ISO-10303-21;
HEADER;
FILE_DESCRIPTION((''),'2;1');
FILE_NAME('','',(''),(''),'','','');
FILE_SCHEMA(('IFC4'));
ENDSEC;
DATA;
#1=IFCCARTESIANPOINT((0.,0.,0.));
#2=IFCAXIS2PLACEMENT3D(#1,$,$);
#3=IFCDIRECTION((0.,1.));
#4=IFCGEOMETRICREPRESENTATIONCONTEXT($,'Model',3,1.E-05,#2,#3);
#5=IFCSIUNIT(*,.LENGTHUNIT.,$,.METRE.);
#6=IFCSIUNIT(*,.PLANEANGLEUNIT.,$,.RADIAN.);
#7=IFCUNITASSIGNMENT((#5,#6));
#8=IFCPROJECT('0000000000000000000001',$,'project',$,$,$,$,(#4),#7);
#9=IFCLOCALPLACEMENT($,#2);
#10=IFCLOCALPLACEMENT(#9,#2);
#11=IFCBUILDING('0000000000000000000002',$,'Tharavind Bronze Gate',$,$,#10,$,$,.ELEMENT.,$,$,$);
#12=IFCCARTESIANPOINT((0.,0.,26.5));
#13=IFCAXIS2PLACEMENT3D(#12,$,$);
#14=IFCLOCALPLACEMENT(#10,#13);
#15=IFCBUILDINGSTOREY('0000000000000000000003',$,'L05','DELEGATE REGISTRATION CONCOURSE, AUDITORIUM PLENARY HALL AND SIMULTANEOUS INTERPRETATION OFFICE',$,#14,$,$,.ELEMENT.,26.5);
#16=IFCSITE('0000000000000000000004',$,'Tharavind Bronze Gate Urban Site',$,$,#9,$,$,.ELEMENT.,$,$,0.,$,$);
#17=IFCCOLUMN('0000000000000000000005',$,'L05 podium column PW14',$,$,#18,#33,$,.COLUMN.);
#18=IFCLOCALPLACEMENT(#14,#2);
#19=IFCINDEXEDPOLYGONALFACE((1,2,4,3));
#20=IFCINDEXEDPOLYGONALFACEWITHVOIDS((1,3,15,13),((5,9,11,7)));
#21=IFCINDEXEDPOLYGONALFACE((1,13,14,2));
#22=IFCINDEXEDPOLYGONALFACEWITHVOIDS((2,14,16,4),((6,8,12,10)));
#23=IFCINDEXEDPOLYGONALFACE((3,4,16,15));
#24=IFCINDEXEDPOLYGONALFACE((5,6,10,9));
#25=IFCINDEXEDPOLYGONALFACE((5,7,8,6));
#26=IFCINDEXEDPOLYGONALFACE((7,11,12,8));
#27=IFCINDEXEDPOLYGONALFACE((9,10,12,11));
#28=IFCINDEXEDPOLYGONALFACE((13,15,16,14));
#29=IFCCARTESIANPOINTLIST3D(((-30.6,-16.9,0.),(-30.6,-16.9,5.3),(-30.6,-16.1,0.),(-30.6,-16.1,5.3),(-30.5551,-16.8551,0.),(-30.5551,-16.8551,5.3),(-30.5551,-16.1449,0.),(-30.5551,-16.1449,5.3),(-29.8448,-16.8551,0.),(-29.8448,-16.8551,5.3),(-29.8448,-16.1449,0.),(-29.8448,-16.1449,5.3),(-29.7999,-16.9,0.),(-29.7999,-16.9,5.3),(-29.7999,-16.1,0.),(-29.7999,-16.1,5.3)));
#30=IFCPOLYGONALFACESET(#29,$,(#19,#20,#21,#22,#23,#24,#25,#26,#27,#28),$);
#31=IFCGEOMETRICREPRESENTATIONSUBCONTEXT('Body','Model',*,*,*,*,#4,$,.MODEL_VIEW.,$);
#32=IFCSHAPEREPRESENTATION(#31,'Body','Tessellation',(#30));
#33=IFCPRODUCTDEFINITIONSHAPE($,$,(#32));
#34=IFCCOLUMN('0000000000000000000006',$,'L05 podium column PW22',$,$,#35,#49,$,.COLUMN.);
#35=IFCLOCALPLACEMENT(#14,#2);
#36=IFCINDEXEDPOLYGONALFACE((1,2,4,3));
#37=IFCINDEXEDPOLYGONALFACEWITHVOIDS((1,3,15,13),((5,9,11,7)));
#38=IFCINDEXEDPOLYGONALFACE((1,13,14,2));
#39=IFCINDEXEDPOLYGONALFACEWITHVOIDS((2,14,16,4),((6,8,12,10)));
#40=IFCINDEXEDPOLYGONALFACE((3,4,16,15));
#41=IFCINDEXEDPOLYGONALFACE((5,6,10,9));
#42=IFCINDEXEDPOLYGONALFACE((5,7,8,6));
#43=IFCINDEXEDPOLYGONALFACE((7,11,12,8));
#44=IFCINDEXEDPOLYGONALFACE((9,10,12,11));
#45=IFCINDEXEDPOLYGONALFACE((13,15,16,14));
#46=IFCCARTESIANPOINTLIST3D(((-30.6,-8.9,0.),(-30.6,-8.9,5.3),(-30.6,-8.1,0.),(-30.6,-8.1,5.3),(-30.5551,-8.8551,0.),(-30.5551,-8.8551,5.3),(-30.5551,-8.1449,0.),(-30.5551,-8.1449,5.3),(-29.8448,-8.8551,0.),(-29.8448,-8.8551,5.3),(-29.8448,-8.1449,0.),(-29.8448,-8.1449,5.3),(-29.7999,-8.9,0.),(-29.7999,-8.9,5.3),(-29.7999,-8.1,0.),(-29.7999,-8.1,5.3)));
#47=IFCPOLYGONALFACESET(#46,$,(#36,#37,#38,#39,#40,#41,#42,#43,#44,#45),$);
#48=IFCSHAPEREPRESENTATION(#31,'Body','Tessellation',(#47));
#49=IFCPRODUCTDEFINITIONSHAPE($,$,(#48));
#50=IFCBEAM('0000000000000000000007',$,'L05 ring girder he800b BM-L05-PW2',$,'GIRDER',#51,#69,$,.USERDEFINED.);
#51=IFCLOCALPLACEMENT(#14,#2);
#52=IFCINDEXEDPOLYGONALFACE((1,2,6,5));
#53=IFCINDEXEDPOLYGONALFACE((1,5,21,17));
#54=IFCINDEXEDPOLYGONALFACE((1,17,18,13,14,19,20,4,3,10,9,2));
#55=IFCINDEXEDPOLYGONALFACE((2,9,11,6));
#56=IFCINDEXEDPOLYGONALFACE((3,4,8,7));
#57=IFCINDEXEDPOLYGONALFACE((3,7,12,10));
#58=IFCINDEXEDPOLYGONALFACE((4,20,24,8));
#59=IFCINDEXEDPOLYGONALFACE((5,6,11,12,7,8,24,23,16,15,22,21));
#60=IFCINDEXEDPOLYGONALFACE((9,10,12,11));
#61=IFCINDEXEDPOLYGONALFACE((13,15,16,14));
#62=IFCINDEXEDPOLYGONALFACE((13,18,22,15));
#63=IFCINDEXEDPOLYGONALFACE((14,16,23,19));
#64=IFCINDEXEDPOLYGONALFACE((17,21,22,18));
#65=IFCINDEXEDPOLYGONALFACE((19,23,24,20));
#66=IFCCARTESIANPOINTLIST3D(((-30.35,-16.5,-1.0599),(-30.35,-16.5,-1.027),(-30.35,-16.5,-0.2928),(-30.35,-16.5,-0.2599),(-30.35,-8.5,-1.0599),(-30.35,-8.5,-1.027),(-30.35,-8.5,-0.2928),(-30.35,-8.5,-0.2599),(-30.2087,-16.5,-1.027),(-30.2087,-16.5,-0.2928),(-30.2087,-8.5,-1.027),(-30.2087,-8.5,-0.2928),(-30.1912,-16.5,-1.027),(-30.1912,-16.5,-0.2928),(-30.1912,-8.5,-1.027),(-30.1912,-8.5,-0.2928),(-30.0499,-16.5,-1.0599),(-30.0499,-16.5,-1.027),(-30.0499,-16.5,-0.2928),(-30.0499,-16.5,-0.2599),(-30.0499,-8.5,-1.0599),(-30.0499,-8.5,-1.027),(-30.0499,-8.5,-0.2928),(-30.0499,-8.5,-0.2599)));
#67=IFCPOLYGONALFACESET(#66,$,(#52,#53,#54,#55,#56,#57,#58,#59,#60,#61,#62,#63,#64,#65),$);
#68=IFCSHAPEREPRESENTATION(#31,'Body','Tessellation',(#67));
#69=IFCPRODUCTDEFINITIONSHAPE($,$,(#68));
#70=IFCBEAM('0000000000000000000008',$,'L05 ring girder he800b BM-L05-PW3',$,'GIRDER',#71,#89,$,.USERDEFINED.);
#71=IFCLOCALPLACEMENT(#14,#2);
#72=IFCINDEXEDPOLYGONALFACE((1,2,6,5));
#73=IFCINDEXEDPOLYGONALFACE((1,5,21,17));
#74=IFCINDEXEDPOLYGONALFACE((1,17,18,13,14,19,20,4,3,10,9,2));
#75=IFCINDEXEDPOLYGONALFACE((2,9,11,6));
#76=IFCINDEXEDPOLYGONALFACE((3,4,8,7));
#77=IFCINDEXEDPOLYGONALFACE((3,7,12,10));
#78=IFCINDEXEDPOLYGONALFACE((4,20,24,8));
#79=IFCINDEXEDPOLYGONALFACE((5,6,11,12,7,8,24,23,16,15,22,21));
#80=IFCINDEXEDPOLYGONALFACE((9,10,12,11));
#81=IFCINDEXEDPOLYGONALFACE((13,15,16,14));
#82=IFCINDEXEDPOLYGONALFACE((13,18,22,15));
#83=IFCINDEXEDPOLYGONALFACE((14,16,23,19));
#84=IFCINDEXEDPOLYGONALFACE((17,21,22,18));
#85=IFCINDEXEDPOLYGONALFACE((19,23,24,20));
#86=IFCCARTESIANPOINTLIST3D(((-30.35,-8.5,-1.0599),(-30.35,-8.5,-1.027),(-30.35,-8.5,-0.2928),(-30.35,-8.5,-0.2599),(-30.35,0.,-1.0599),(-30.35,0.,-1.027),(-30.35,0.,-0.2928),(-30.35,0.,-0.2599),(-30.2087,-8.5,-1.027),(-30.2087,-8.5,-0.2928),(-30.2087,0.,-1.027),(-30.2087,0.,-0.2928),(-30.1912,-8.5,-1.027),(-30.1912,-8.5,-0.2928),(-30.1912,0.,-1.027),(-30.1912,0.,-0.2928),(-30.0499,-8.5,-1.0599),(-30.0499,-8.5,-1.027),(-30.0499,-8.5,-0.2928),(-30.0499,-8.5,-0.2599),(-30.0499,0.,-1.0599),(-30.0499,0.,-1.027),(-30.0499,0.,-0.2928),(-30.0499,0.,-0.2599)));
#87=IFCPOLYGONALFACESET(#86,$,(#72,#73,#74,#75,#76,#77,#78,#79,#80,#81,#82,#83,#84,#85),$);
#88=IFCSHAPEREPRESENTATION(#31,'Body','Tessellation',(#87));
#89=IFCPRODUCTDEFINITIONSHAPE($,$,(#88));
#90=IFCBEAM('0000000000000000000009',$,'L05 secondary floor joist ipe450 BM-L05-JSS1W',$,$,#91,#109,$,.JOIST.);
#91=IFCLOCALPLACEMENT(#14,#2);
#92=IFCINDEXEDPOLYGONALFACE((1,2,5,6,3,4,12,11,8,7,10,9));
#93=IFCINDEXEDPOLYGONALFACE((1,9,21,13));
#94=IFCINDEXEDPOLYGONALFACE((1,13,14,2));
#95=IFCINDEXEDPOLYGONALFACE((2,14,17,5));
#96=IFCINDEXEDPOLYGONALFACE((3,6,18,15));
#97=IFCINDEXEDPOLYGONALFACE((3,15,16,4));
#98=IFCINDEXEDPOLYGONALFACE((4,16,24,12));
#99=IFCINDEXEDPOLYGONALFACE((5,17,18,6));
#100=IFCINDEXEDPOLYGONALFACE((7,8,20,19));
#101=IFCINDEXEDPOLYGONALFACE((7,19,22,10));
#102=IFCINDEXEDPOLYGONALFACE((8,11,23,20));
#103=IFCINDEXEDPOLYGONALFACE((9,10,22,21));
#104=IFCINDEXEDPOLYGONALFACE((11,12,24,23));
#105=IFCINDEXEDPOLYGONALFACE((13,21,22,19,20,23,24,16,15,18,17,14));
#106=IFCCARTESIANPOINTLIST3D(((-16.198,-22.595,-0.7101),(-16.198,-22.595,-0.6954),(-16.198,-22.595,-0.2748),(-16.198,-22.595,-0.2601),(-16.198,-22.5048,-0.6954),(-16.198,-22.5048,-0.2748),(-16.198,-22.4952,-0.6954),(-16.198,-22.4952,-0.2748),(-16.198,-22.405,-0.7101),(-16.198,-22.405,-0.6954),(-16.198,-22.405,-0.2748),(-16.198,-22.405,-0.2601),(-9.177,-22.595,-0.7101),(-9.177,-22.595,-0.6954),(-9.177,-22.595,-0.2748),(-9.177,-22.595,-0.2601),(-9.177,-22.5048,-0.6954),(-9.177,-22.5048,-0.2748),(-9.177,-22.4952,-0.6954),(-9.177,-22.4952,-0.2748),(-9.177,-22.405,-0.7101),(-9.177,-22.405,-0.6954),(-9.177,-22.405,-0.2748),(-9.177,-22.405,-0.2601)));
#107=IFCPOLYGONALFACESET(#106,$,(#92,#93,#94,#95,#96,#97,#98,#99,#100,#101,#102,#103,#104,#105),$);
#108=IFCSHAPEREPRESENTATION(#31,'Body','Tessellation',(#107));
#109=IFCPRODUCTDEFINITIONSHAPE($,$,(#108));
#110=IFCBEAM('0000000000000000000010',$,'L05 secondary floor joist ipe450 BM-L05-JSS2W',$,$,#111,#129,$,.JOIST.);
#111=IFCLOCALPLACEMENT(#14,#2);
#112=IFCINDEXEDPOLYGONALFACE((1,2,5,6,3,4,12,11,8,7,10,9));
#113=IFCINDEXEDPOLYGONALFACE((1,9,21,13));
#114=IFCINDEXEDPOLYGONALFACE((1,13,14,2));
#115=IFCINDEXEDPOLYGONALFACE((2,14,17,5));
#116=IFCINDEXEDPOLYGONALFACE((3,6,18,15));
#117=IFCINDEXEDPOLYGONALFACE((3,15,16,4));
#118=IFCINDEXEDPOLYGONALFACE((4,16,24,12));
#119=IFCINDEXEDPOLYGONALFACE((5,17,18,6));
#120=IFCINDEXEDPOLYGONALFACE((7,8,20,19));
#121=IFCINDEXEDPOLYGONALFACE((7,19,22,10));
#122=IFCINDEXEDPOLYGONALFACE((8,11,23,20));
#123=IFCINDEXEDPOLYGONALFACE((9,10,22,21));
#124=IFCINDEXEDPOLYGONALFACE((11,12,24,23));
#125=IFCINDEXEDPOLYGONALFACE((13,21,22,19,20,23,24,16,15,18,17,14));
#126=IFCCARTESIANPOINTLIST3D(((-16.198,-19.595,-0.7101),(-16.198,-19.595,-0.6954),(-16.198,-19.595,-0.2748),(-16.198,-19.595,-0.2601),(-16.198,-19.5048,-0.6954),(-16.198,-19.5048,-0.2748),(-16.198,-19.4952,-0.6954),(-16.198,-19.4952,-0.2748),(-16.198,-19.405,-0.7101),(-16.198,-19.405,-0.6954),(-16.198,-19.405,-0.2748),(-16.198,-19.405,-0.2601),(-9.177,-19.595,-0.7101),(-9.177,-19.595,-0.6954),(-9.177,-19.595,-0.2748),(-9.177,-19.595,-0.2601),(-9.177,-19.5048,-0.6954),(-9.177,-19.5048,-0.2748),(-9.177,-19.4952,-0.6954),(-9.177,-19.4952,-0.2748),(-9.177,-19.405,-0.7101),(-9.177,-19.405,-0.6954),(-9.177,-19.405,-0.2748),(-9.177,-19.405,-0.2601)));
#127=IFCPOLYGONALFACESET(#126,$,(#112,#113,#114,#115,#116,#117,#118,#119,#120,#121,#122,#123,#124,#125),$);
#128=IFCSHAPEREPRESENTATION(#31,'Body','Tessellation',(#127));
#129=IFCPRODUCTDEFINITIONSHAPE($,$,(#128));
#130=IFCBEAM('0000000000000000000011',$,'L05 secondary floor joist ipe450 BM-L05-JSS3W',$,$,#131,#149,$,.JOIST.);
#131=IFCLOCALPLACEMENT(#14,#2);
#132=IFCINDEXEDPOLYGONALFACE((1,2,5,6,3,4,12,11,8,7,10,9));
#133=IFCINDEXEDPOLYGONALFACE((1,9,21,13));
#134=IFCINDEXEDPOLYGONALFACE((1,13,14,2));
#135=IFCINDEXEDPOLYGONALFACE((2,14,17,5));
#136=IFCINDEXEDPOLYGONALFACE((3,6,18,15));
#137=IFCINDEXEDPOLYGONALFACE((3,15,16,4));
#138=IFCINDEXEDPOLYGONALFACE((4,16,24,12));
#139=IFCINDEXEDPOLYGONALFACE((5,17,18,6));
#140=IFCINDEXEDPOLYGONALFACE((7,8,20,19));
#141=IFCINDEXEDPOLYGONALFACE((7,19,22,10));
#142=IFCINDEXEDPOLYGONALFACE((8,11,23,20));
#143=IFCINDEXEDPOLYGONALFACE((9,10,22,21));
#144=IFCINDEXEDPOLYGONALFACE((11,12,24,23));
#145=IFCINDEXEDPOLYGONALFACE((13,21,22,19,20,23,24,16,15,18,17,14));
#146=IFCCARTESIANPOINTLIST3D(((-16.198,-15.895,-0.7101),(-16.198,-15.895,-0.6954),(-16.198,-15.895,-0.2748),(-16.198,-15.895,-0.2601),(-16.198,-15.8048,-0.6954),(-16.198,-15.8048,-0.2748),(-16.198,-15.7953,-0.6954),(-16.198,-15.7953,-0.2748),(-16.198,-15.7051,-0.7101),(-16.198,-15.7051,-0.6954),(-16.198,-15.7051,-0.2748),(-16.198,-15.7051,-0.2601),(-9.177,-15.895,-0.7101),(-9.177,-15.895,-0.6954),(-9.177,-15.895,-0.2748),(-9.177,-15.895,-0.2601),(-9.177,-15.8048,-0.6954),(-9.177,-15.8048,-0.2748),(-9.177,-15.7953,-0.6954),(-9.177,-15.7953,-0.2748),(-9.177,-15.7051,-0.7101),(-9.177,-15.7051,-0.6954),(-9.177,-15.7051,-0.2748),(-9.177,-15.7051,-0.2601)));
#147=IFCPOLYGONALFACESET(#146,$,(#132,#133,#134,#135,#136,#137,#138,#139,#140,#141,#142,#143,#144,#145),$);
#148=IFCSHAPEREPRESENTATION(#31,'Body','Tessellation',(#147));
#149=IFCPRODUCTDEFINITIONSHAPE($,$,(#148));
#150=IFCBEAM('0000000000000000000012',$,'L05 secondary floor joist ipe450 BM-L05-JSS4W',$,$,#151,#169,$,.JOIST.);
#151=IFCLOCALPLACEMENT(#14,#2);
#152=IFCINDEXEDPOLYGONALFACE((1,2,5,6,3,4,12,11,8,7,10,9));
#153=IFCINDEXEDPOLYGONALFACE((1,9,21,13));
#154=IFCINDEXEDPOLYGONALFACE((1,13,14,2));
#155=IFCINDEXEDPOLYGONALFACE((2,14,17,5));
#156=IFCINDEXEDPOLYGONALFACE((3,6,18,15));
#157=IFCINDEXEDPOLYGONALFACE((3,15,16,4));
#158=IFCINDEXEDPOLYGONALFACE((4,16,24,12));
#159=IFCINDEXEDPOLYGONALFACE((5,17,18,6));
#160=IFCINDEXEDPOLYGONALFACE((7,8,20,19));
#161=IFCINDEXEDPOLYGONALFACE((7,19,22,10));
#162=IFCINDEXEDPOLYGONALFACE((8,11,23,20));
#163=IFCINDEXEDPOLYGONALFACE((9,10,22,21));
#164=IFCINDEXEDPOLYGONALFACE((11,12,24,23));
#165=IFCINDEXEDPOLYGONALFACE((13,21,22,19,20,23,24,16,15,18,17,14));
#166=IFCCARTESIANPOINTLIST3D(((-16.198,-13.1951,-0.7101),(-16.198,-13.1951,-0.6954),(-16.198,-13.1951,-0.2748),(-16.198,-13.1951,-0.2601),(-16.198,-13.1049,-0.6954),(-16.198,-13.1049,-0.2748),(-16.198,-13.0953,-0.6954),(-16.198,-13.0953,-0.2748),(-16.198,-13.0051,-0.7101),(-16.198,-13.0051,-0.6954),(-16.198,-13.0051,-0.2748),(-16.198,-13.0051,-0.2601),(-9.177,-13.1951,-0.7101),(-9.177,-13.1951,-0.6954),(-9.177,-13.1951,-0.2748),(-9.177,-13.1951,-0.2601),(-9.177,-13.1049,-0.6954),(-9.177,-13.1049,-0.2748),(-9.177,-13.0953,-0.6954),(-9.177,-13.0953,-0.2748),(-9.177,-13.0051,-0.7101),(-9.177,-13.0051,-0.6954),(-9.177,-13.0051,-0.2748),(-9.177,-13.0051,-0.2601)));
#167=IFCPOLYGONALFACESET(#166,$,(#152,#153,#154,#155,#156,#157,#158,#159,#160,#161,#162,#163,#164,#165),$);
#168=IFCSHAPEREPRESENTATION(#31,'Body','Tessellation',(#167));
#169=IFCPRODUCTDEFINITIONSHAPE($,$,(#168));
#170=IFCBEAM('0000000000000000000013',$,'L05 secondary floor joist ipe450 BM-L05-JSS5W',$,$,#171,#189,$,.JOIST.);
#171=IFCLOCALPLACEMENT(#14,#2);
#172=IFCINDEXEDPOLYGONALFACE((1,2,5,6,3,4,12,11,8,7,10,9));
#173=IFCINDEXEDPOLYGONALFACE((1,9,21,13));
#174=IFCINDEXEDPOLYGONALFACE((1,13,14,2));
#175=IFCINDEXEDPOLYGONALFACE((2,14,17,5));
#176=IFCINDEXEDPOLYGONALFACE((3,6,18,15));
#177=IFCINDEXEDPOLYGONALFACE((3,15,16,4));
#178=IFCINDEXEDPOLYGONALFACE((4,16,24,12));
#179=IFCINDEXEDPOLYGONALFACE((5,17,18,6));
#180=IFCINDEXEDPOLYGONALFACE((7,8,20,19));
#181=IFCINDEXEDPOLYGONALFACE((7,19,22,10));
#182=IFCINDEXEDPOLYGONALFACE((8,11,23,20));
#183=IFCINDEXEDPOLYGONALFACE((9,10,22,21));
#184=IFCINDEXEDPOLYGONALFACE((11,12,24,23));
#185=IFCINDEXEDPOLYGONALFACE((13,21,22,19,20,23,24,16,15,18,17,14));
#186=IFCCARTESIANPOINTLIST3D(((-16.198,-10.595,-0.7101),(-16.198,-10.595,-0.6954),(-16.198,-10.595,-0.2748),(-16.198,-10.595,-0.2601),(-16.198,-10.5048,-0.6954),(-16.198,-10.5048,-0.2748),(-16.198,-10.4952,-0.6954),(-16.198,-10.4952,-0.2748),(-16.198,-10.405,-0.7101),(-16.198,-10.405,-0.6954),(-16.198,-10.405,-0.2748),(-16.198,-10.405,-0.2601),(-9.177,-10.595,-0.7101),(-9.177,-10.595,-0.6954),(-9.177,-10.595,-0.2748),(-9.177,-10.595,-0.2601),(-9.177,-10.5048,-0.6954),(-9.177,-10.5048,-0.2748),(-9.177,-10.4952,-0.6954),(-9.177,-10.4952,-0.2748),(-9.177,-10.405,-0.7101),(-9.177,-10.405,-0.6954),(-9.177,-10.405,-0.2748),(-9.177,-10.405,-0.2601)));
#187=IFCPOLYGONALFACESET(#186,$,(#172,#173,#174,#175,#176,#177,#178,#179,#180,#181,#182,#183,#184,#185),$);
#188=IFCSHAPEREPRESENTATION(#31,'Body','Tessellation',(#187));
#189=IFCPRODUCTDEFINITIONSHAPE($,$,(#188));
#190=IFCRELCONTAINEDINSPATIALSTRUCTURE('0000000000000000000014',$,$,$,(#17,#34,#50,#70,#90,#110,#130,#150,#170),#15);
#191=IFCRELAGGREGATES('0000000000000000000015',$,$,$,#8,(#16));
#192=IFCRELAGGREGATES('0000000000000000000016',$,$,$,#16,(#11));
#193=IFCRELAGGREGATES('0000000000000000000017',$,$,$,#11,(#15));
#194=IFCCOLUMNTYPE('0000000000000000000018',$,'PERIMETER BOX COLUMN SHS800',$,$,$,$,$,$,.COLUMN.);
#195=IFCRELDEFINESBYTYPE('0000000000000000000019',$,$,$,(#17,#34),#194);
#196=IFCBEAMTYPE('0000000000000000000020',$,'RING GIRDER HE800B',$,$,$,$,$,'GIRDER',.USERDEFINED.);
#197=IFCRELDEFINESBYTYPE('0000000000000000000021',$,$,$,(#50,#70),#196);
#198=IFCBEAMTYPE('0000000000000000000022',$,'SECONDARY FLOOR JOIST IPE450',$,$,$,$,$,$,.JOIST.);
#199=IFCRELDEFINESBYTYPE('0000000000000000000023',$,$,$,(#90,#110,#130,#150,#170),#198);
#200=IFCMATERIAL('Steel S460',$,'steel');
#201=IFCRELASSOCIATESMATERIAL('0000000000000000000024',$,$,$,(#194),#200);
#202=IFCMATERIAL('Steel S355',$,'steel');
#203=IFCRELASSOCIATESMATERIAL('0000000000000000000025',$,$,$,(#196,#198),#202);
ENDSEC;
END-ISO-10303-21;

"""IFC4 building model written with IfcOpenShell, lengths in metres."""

from ifc_helpers import new_model, si_unit, direction, frame, origin, origin_2d, place, context, subcontext, project, spatial, hollow_rectangle, i_section, extrude, material, material_profile, profile_set, type_object, element, save


model = new_model("IFC4")

# Units and contexts
model_context = context("Model", 3, precision=1e-05, world=origin(), true_north=direction((0.0, 1.0)))
body_context = subcontext(model_context, "Body", "Model", "MODEL_VIEW")
ifc_project = project(units=[si_unit("LENGTHUNIT", "METRE"), si_unit("PLANEANGLEUNIT", "RADIAN")], contexts=[model_context])

# Site, building, storey
site_placement = place(None, origin())
site = spatial("IfcSite", under=ifc_project, at=site_placement, Name="Tharavind Bronze Gate Urban Site", CompositionType="ELEMENT", RefElevation=0.0)
building_placement = place(site_placement, origin())
building = spatial("IfcBuilding", under=site, at=building_placement, Name="Tharavind Bronze Gate", CompositionType="ELEMENT")
storey_placement = place(building_placement, frame((0.0, 0.0, 26.5)))
storey = spatial("IfcBuildingStorey", under=building, at=storey_placement, Name="L05", Description="DELEGATE REGISTRATION CONCOURSE, AUDITORIUM PLENARY HALL AND SIMULTANEOUS INTERPRETATION OFFICE", CompositionType="ELEMENT", Elevation=26.5)

# Columns
ifc_material_1 = material(Name="Steel S460", Category="steel")
ifc_material_profile_1 = material_profile(ifc_material_1, hollow_rectangle(XDim=0.8, YDim=0.8, WallThickness=0.0449, at=origin_2d()), Name="SHS800X45")
ifc_profile_set_1 = profile_set([ifc_material_profile_1], Name="Steel S460")
column_type = type_object("IfcColumnType", Name="PERIMETER BOX COLUMN SHS800", PredefinedType="COLUMN", material=ifc_profile_set_1)
for number, where, z_axis, x_axis, name in (
    (1, (-30.2, -16.5, 0.0), (0.0, 0.0, 1.0), (1.0, 0.0, 0.0), "L05 podium column PW14"),
    (2, (-30.2, -8.5, 0.0), (0.0, 0.0, 1.0), (1.0, 0.0, 0.0), "L05 podium column PW22"),
):
    element("IfcColumn", number, at=place(storey_placement, frame(where, z_axis=z_axis, x_axis=x_axis)), inside=storey, type_object=column_type, Name=name, PredefinedType="COLUMN", context=body_context, shape_type="SweptSolid", body=[
        extrude(hollow_rectangle(XDim=0.8, YDim=0.8, WallThickness=0.0449, at=origin_2d()), origin(), (0.0, 0.0, 1.0), 5.3),
    ])

# Beams
ifc_material_2 = material(Name="Steel S355", Category="steel")
ifc_material_profile_2 = material_profile(ifc_material_2, i_section(OverallWidth=0.3, OverallDepth=0.8, WebThickness=0.0176, FlangeThickness=0.033, at=origin_2d()), Name="HE800B")
ifc_profile_set_2 = profile_set([ifc_material_profile_2], Name="Steel S355")
beam_type_1 = type_object("IfcBeamType", Name="RING GIRDER HE800B", ElementType="GIRDER", PredefinedType="USERDEFINED", material=ifc_profile_set_2)
beam_1_placement = place(storey_placement, frame((-30.2, -16.5, -0.6599), z_axis=(0.0, 1.0, 0.0), x_axis=(-1.0, 0.0, 0.0)))
element("IfcBeam", 3, at=beam_1_placement, inside=storey, type_object=beam_type_1, Name="L05 ring girder he800b BM-L05-PW2", ObjectType="GIRDER", PredefinedType="USERDEFINED", context=body_context, shape_type="SweptSolid", body=[
    extrude(i_section(OverallWidth=0.3, OverallDepth=0.8, WebThickness=0.0176, FlangeThickness=0.033, at=origin_2d()), origin(), (0.0, 0.0, 1.0), 8.0),
])
beam_2_placement = place(storey_placement, frame((-30.2, -8.5, -0.6599), z_axis=(0.0, 1.0, 0.0), x_axis=(-1.0, 0.0, 0.0)))
element("IfcBeam", 4, at=beam_2_placement, inside=storey, type_object=beam_type_1, Name="L05 ring girder he800b BM-L05-PW3", ObjectType="GIRDER", PredefinedType="USERDEFINED", context=body_context, shape_type="SweptSolid", body=[
    extrude(i_section(OverallWidth=0.3, OverallDepth=0.8, WebThickness=0.0176, FlangeThickness=0.033, at=origin_2d()), origin(), (0.0, 0.0, 1.0), 8.5),
])
ifc_material_profile_3 = material_profile(ifc_material_2, i_section(OverallWidth=0.1899, OverallDepth=0.45, WebThickness=0.0095, FlangeThickness=0.0146, at=origin_2d()), Name="IPE450")
ifc_profile_set_3 = profile_set([ifc_material_profile_3], Name="Steel S355")
beam_type_2 = type_object("IfcBeamType", Name="SECONDARY FLOOR JOIST IPE450", PredefinedType="JOIST", material=ifc_profile_set_3)
for number, where, z_axis, x_axis, name in (
    (5, (-16.198, -22.5, -0.4851), (1.0, 0.0, 0.0), (0.0, 1.0, 0.0), "L05 secondary floor joist ipe450 BM-L05-JSS1W"),
    (6, (-16.198, -19.5, -0.4851), (1.0, 0.0, 0.0), (0.0, 1.0, 0.0), "L05 secondary floor joist ipe450 BM-L05-JSS2W"),
    (7, (-16.198, -15.8, -0.4851), (1.0, 0.0, 0.0), (0.0, 1.0, 0.0), "L05 secondary floor joist ipe450 BM-L05-JSS3W"),
    (8, (-16.198, -13.1001, -0.4851), (1.0, 0.0, 0.0), (0.0, 1.0, 0.0), "L05 secondary floor joist ipe450 BM-L05-JSS4W"),
    (9, (-16.198, -10.5, -0.4851), (1.0, 0.0, 0.0), (0.0, 1.0, 0.0), "L05 secondary floor joist ipe450 BM-L05-JSS5W"),
):
    element("IfcBeam", number, at=place(storey_placement, frame(where, z_axis=z_axis, x_axis=x_axis)), inside=storey, type_object=beam_type_2, Name=name, PredefinedType="JOIST", context=body_context, shape_type="SweptSolid", body=[
        extrude(i_section(OverallWidth=0.1899, OverallDepth=0.45, WebThickness=0.0095, FlangeThickness=0.0146, at=origin_2d()), origin(), (0.0, 0.0, 1.0), 7.021),
    ])

save(model, "model.ifc")
